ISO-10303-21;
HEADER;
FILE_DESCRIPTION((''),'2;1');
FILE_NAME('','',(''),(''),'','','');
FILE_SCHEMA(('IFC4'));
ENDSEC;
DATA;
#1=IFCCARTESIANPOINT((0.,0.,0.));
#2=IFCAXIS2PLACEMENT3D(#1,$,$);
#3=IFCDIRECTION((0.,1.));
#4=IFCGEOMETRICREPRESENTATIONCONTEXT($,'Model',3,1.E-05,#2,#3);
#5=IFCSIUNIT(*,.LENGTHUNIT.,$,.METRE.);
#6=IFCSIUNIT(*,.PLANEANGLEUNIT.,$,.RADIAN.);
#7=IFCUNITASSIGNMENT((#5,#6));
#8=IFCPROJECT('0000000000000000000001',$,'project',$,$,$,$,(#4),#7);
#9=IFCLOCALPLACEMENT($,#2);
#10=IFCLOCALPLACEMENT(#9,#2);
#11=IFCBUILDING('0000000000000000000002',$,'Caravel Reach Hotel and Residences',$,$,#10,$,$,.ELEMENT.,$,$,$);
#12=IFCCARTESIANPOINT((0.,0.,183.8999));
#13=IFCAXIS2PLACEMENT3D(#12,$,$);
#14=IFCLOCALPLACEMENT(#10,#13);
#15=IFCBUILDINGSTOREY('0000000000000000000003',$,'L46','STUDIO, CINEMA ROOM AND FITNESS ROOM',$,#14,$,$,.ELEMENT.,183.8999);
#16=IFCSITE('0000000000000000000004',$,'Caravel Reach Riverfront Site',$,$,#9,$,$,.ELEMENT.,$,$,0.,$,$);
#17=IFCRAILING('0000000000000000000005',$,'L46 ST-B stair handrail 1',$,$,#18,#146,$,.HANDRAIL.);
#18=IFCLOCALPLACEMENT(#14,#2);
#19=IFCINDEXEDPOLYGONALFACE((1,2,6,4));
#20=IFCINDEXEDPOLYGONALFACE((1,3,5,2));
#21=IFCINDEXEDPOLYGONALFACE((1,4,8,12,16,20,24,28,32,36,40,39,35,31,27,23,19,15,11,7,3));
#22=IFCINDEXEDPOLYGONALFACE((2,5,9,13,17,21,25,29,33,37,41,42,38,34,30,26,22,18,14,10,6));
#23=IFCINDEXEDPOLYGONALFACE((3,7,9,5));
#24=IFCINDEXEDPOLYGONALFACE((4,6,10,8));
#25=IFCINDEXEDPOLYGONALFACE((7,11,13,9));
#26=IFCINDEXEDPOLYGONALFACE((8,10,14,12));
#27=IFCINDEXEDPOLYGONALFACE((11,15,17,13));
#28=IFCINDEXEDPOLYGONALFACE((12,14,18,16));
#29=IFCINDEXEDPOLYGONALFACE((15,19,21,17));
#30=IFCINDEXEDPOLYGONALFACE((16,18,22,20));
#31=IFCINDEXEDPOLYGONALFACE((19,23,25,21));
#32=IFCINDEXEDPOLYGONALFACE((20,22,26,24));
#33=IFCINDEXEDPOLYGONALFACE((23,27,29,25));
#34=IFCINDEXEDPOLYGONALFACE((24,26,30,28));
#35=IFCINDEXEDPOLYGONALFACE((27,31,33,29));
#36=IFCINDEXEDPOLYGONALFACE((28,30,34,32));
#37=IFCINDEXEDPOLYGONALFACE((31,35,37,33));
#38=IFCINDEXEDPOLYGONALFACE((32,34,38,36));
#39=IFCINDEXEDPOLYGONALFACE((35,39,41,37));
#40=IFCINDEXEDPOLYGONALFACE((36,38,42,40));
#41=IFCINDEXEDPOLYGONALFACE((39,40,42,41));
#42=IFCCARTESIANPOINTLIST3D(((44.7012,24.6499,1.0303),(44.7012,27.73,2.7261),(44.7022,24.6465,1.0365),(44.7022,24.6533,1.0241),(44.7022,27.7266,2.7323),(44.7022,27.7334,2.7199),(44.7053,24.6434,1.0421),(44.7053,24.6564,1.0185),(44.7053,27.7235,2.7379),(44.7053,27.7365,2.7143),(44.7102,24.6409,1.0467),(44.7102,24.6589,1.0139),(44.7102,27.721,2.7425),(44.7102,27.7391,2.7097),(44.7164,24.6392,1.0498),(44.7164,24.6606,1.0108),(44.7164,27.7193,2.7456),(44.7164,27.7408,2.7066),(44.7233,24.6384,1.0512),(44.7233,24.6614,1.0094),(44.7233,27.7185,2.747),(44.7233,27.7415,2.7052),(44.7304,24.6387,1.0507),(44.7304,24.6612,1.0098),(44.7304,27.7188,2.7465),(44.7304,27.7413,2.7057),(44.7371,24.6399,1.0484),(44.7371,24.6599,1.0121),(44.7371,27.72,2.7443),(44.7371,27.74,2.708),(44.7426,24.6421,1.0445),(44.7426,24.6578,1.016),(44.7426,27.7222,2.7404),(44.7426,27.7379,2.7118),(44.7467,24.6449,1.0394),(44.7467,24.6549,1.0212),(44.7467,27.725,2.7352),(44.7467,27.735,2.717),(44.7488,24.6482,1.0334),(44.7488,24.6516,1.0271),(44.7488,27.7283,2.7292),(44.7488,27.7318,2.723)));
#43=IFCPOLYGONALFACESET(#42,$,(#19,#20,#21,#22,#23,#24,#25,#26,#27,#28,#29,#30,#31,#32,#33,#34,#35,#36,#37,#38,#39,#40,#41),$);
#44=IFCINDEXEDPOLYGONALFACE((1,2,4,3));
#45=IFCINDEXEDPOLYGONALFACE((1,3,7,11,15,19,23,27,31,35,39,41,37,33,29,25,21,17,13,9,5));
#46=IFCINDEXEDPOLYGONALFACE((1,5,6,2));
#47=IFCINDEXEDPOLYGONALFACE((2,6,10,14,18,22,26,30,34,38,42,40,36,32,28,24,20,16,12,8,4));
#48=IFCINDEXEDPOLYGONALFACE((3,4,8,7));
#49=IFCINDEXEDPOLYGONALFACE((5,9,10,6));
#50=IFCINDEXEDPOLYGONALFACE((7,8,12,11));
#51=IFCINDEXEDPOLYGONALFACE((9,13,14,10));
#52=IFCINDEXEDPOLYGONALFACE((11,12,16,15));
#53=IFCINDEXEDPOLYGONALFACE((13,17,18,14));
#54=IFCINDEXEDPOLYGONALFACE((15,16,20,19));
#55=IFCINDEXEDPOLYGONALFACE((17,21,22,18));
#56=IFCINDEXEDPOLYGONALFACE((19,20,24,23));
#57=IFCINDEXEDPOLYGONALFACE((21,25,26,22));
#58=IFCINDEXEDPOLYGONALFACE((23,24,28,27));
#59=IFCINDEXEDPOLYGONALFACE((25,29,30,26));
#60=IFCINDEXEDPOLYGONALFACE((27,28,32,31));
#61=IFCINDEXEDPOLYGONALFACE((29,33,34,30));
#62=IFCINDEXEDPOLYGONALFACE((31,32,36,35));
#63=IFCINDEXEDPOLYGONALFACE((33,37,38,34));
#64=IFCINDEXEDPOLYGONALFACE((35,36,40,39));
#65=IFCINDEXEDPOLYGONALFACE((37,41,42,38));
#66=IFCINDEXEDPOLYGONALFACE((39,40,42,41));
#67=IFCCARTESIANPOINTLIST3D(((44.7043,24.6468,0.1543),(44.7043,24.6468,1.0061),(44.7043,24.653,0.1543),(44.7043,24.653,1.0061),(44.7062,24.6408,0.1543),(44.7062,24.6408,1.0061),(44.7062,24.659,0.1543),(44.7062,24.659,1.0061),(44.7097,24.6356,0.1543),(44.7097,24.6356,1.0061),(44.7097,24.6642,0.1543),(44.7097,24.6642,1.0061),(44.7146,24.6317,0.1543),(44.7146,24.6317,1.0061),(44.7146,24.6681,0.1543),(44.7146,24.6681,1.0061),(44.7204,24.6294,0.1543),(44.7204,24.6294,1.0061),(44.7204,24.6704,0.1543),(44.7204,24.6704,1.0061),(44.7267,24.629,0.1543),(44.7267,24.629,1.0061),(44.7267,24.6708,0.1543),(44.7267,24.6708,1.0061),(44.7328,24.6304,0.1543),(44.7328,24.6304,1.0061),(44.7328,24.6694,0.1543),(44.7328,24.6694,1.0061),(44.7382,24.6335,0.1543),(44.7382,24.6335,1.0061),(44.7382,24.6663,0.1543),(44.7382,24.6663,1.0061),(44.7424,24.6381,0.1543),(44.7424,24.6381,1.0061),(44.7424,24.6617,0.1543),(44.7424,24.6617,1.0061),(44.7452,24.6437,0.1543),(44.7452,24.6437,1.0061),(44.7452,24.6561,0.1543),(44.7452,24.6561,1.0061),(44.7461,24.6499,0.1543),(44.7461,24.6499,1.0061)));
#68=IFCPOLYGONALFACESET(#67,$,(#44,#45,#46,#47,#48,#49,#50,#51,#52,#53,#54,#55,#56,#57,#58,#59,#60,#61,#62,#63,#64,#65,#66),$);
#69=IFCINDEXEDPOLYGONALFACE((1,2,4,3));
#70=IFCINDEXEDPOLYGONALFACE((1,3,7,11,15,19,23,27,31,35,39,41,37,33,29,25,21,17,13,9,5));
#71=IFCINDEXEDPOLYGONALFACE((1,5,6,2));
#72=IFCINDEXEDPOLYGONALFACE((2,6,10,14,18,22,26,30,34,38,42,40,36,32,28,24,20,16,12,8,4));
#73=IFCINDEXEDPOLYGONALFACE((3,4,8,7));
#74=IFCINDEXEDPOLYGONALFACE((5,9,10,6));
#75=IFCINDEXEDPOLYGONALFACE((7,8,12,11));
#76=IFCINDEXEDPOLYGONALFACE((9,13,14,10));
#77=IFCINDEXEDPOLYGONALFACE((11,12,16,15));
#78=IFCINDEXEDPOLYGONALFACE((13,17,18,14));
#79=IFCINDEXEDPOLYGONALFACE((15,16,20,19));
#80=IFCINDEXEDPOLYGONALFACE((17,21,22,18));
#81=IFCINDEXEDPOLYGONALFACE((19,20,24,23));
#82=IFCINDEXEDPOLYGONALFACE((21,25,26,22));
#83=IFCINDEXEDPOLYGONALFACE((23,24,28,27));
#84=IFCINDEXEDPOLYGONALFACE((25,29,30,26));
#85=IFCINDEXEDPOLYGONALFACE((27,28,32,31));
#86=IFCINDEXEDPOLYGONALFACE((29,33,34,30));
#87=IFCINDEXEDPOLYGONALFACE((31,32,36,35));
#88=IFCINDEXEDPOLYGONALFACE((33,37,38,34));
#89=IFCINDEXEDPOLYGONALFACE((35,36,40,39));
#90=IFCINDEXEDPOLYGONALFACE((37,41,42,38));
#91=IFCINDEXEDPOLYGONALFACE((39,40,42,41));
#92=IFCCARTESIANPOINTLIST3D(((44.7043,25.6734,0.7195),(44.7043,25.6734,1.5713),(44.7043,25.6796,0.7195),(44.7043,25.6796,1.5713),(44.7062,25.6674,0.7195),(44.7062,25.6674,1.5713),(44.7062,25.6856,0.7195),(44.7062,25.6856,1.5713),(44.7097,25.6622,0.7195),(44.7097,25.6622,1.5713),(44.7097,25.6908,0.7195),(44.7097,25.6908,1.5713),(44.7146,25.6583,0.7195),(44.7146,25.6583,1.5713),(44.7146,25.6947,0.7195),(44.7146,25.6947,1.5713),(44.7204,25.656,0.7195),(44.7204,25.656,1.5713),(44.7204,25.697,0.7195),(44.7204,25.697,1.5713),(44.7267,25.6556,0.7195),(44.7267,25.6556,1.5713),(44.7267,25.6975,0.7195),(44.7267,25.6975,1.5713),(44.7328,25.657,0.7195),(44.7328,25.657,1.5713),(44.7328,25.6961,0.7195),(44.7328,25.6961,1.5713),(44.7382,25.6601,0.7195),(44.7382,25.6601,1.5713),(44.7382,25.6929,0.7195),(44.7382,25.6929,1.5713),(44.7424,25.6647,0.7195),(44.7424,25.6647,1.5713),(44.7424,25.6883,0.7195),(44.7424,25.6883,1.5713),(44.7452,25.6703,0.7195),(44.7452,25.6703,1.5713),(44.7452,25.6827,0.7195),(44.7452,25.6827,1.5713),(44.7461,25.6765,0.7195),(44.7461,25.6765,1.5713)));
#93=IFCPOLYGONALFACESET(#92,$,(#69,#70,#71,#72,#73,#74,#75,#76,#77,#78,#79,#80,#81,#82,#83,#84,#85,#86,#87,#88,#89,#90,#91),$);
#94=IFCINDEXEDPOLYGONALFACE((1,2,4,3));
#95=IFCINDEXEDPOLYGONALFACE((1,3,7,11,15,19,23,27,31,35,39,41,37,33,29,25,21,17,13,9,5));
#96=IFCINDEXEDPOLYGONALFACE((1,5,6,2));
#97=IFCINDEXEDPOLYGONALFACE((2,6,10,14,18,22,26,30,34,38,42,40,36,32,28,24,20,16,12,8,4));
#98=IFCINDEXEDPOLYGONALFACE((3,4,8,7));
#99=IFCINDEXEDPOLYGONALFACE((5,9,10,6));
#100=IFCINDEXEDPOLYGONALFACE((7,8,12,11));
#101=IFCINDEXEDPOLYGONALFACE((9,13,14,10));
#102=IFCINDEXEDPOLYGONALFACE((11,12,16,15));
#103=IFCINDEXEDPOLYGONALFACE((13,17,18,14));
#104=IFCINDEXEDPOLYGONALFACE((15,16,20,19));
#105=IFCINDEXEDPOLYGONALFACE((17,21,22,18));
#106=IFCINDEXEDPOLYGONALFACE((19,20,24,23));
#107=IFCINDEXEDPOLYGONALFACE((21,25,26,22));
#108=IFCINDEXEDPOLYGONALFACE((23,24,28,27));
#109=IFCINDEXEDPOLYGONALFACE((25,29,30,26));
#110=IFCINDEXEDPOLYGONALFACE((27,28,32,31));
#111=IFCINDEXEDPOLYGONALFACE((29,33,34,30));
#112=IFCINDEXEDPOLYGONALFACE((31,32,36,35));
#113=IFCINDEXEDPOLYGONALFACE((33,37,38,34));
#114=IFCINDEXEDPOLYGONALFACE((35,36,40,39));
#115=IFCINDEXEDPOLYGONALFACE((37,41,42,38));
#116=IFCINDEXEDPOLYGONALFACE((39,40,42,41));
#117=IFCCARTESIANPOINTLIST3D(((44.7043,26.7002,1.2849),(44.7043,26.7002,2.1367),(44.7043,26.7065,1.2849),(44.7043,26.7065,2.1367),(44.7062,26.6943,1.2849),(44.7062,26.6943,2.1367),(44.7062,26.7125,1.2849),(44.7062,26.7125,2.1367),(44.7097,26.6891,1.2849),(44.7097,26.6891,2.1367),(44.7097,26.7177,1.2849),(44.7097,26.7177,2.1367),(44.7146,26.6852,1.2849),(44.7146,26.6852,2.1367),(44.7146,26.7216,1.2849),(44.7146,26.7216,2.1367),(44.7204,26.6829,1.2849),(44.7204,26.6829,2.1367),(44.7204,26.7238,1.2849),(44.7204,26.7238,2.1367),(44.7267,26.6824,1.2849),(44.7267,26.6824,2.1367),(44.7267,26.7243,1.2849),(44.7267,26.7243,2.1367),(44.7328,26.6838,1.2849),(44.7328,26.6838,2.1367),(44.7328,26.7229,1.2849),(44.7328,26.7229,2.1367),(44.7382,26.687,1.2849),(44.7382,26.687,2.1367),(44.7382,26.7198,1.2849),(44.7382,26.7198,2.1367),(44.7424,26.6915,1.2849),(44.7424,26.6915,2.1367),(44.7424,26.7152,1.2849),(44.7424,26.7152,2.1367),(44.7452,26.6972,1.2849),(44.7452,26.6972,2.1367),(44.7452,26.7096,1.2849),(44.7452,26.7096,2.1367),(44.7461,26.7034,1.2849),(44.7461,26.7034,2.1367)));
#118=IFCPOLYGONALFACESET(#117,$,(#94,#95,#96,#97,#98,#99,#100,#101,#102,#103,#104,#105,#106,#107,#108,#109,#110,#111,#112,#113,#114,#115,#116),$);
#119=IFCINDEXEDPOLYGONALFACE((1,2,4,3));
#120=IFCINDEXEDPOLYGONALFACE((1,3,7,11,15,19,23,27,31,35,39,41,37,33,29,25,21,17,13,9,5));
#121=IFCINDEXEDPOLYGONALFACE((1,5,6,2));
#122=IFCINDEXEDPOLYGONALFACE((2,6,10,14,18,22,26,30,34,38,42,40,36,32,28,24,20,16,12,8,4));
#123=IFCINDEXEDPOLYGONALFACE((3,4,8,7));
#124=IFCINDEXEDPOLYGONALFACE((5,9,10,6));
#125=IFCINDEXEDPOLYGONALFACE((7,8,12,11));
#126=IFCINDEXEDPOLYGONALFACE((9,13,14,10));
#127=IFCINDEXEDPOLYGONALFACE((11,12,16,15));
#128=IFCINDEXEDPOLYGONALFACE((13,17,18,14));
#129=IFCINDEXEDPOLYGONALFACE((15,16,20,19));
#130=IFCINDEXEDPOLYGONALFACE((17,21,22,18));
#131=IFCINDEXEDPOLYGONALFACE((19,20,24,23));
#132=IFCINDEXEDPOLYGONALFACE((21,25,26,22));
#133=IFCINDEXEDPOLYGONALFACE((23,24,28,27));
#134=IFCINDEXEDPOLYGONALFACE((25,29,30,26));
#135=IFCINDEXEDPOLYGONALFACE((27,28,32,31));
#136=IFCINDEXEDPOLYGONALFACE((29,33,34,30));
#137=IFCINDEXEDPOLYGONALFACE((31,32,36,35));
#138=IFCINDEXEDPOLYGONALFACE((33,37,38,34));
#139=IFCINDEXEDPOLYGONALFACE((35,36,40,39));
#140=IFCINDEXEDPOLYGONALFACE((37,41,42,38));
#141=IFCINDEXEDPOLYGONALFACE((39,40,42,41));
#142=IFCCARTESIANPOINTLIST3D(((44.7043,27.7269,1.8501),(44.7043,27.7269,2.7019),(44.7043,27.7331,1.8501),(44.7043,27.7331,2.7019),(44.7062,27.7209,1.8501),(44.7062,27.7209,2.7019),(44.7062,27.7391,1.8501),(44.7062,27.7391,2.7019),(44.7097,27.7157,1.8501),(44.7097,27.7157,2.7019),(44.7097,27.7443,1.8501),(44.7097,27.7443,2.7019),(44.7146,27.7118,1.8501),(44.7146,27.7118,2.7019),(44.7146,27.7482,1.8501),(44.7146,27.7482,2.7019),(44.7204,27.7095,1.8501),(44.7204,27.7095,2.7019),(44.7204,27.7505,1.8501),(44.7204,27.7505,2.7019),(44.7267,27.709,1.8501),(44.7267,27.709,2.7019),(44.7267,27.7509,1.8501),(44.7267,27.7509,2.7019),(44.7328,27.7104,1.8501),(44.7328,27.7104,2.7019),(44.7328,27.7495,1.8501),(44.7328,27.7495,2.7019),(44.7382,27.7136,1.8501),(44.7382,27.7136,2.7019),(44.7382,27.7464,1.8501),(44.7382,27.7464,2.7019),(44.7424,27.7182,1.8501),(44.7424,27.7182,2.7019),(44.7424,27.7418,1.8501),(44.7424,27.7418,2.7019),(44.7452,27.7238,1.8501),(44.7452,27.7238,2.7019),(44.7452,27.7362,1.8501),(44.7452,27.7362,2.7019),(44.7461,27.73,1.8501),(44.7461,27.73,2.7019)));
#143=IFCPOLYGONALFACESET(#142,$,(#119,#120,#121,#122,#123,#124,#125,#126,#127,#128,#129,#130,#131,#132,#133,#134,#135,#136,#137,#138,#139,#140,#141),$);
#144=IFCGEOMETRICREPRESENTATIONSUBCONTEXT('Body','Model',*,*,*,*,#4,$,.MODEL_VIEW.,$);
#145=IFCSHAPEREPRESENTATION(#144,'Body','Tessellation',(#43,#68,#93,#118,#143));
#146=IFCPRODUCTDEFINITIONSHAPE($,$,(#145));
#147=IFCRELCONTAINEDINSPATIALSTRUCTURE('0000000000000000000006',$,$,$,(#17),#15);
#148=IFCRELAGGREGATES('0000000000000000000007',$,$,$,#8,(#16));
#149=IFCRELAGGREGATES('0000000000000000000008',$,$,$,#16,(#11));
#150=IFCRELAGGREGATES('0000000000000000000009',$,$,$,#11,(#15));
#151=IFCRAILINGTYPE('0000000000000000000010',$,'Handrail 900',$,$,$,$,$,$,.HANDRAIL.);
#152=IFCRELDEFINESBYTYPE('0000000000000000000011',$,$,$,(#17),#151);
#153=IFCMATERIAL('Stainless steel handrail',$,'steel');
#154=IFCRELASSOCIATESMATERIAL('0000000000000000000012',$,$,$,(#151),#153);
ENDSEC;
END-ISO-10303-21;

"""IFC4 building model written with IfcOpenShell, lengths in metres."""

from ifc_helpers import new_model, si_unit, direction, frame, origin, origin_2d, place, context, subcontext, project, spatial, circle, extrude, material, type_object, element, save


model = new_model("IFC4")

# Units and contexts
model_context = context("Model", 3, precision=1e-05, world=origin(), true_north=direction((0.0, 1.0)))
body_context = subcontext(model_context, "Body", "Model", "MODEL_VIEW")
ifc_project = project(units=[si_unit("LENGTHUNIT", "METRE"), si_unit("PLANEANGLEUNIT", "RADIAN")], contexts=[model_context])

# Site, building, storey
site_placement = place(None, origin())
site = spatial("IfcSite", under=ifc_project, at=site_placement, Name="Caravel Reach Riverfront Site", CompositionType="ELEMENT", RefElevation=0.0)
building_placement = place(site_placement, origin())
building = spatial("IfcBuilding", under=site, at=building_placement, Name="Caravel Reach Hotel and Residences", CompositionType="ELEMENT")
storey_placement = place(building_placement, frame((0.0, 0.0, 183.8999)))
storey = spatial("IfcBuildingStorey", under=building, at=storey_placement, Name="L46", Description="STUDIO, CINEMA ROOM AND FITNESS ROOM", CompositionType="ELEMENT", Elevation=183.8999)

# Railing
ifc_material_1 = material(Name="Stainless steel handrail", Category="steel")
railing_type_1 = type_object("IfcRailingType", Name="Handrail 900", PredefinedType="HANDRAIL", material=ifc_material_1)
railing_1_placement = place(storey_placement, frame((44.7251, 24.6499, 0.1543)))
element("IfcRailing", 1, at=railing_1_placement, inside=storey, type_object=railing_type_1, Name="L46 ST-B stair handrail 1", PredefinedType="HANDRAIL", context=body_context, shape_type="SweptSolid", body=[
    extrude(circle(Radius=0.0239, at=origin_2d()), frame((0.0, 0.0, 0.876), z_axis=(0.0, 0.876005, 0.482303), x_axis=(-1.0, 0.0, 0.0)), (0.0, 0.0, 1.0), 3.5161),
    extrude(circle(Radius=0.021, at=origin_2d()), origin(), (0.0, 0.0, 1.0), 0.8518),
    extrude(circle(Radius=0.021, at=origin_2d()), frame((0.0, 1.0266, 0.5652)), (0.0, 0.0, 1.0), 0.8518),
    extrude(circle(Radius=0.021, at=origin_2d()), frame((0.0, 2.0535, 1.1306)), (0.0, 0.0, 1.0), 0.8518),
    extrude(circle(Radius=0.021, at=origin_2d()), frame((0.0, 3.0801, 1.6958)), (0.0, 0.0, 1.0), 0.8518),
])

save(model, "model.ifc")
